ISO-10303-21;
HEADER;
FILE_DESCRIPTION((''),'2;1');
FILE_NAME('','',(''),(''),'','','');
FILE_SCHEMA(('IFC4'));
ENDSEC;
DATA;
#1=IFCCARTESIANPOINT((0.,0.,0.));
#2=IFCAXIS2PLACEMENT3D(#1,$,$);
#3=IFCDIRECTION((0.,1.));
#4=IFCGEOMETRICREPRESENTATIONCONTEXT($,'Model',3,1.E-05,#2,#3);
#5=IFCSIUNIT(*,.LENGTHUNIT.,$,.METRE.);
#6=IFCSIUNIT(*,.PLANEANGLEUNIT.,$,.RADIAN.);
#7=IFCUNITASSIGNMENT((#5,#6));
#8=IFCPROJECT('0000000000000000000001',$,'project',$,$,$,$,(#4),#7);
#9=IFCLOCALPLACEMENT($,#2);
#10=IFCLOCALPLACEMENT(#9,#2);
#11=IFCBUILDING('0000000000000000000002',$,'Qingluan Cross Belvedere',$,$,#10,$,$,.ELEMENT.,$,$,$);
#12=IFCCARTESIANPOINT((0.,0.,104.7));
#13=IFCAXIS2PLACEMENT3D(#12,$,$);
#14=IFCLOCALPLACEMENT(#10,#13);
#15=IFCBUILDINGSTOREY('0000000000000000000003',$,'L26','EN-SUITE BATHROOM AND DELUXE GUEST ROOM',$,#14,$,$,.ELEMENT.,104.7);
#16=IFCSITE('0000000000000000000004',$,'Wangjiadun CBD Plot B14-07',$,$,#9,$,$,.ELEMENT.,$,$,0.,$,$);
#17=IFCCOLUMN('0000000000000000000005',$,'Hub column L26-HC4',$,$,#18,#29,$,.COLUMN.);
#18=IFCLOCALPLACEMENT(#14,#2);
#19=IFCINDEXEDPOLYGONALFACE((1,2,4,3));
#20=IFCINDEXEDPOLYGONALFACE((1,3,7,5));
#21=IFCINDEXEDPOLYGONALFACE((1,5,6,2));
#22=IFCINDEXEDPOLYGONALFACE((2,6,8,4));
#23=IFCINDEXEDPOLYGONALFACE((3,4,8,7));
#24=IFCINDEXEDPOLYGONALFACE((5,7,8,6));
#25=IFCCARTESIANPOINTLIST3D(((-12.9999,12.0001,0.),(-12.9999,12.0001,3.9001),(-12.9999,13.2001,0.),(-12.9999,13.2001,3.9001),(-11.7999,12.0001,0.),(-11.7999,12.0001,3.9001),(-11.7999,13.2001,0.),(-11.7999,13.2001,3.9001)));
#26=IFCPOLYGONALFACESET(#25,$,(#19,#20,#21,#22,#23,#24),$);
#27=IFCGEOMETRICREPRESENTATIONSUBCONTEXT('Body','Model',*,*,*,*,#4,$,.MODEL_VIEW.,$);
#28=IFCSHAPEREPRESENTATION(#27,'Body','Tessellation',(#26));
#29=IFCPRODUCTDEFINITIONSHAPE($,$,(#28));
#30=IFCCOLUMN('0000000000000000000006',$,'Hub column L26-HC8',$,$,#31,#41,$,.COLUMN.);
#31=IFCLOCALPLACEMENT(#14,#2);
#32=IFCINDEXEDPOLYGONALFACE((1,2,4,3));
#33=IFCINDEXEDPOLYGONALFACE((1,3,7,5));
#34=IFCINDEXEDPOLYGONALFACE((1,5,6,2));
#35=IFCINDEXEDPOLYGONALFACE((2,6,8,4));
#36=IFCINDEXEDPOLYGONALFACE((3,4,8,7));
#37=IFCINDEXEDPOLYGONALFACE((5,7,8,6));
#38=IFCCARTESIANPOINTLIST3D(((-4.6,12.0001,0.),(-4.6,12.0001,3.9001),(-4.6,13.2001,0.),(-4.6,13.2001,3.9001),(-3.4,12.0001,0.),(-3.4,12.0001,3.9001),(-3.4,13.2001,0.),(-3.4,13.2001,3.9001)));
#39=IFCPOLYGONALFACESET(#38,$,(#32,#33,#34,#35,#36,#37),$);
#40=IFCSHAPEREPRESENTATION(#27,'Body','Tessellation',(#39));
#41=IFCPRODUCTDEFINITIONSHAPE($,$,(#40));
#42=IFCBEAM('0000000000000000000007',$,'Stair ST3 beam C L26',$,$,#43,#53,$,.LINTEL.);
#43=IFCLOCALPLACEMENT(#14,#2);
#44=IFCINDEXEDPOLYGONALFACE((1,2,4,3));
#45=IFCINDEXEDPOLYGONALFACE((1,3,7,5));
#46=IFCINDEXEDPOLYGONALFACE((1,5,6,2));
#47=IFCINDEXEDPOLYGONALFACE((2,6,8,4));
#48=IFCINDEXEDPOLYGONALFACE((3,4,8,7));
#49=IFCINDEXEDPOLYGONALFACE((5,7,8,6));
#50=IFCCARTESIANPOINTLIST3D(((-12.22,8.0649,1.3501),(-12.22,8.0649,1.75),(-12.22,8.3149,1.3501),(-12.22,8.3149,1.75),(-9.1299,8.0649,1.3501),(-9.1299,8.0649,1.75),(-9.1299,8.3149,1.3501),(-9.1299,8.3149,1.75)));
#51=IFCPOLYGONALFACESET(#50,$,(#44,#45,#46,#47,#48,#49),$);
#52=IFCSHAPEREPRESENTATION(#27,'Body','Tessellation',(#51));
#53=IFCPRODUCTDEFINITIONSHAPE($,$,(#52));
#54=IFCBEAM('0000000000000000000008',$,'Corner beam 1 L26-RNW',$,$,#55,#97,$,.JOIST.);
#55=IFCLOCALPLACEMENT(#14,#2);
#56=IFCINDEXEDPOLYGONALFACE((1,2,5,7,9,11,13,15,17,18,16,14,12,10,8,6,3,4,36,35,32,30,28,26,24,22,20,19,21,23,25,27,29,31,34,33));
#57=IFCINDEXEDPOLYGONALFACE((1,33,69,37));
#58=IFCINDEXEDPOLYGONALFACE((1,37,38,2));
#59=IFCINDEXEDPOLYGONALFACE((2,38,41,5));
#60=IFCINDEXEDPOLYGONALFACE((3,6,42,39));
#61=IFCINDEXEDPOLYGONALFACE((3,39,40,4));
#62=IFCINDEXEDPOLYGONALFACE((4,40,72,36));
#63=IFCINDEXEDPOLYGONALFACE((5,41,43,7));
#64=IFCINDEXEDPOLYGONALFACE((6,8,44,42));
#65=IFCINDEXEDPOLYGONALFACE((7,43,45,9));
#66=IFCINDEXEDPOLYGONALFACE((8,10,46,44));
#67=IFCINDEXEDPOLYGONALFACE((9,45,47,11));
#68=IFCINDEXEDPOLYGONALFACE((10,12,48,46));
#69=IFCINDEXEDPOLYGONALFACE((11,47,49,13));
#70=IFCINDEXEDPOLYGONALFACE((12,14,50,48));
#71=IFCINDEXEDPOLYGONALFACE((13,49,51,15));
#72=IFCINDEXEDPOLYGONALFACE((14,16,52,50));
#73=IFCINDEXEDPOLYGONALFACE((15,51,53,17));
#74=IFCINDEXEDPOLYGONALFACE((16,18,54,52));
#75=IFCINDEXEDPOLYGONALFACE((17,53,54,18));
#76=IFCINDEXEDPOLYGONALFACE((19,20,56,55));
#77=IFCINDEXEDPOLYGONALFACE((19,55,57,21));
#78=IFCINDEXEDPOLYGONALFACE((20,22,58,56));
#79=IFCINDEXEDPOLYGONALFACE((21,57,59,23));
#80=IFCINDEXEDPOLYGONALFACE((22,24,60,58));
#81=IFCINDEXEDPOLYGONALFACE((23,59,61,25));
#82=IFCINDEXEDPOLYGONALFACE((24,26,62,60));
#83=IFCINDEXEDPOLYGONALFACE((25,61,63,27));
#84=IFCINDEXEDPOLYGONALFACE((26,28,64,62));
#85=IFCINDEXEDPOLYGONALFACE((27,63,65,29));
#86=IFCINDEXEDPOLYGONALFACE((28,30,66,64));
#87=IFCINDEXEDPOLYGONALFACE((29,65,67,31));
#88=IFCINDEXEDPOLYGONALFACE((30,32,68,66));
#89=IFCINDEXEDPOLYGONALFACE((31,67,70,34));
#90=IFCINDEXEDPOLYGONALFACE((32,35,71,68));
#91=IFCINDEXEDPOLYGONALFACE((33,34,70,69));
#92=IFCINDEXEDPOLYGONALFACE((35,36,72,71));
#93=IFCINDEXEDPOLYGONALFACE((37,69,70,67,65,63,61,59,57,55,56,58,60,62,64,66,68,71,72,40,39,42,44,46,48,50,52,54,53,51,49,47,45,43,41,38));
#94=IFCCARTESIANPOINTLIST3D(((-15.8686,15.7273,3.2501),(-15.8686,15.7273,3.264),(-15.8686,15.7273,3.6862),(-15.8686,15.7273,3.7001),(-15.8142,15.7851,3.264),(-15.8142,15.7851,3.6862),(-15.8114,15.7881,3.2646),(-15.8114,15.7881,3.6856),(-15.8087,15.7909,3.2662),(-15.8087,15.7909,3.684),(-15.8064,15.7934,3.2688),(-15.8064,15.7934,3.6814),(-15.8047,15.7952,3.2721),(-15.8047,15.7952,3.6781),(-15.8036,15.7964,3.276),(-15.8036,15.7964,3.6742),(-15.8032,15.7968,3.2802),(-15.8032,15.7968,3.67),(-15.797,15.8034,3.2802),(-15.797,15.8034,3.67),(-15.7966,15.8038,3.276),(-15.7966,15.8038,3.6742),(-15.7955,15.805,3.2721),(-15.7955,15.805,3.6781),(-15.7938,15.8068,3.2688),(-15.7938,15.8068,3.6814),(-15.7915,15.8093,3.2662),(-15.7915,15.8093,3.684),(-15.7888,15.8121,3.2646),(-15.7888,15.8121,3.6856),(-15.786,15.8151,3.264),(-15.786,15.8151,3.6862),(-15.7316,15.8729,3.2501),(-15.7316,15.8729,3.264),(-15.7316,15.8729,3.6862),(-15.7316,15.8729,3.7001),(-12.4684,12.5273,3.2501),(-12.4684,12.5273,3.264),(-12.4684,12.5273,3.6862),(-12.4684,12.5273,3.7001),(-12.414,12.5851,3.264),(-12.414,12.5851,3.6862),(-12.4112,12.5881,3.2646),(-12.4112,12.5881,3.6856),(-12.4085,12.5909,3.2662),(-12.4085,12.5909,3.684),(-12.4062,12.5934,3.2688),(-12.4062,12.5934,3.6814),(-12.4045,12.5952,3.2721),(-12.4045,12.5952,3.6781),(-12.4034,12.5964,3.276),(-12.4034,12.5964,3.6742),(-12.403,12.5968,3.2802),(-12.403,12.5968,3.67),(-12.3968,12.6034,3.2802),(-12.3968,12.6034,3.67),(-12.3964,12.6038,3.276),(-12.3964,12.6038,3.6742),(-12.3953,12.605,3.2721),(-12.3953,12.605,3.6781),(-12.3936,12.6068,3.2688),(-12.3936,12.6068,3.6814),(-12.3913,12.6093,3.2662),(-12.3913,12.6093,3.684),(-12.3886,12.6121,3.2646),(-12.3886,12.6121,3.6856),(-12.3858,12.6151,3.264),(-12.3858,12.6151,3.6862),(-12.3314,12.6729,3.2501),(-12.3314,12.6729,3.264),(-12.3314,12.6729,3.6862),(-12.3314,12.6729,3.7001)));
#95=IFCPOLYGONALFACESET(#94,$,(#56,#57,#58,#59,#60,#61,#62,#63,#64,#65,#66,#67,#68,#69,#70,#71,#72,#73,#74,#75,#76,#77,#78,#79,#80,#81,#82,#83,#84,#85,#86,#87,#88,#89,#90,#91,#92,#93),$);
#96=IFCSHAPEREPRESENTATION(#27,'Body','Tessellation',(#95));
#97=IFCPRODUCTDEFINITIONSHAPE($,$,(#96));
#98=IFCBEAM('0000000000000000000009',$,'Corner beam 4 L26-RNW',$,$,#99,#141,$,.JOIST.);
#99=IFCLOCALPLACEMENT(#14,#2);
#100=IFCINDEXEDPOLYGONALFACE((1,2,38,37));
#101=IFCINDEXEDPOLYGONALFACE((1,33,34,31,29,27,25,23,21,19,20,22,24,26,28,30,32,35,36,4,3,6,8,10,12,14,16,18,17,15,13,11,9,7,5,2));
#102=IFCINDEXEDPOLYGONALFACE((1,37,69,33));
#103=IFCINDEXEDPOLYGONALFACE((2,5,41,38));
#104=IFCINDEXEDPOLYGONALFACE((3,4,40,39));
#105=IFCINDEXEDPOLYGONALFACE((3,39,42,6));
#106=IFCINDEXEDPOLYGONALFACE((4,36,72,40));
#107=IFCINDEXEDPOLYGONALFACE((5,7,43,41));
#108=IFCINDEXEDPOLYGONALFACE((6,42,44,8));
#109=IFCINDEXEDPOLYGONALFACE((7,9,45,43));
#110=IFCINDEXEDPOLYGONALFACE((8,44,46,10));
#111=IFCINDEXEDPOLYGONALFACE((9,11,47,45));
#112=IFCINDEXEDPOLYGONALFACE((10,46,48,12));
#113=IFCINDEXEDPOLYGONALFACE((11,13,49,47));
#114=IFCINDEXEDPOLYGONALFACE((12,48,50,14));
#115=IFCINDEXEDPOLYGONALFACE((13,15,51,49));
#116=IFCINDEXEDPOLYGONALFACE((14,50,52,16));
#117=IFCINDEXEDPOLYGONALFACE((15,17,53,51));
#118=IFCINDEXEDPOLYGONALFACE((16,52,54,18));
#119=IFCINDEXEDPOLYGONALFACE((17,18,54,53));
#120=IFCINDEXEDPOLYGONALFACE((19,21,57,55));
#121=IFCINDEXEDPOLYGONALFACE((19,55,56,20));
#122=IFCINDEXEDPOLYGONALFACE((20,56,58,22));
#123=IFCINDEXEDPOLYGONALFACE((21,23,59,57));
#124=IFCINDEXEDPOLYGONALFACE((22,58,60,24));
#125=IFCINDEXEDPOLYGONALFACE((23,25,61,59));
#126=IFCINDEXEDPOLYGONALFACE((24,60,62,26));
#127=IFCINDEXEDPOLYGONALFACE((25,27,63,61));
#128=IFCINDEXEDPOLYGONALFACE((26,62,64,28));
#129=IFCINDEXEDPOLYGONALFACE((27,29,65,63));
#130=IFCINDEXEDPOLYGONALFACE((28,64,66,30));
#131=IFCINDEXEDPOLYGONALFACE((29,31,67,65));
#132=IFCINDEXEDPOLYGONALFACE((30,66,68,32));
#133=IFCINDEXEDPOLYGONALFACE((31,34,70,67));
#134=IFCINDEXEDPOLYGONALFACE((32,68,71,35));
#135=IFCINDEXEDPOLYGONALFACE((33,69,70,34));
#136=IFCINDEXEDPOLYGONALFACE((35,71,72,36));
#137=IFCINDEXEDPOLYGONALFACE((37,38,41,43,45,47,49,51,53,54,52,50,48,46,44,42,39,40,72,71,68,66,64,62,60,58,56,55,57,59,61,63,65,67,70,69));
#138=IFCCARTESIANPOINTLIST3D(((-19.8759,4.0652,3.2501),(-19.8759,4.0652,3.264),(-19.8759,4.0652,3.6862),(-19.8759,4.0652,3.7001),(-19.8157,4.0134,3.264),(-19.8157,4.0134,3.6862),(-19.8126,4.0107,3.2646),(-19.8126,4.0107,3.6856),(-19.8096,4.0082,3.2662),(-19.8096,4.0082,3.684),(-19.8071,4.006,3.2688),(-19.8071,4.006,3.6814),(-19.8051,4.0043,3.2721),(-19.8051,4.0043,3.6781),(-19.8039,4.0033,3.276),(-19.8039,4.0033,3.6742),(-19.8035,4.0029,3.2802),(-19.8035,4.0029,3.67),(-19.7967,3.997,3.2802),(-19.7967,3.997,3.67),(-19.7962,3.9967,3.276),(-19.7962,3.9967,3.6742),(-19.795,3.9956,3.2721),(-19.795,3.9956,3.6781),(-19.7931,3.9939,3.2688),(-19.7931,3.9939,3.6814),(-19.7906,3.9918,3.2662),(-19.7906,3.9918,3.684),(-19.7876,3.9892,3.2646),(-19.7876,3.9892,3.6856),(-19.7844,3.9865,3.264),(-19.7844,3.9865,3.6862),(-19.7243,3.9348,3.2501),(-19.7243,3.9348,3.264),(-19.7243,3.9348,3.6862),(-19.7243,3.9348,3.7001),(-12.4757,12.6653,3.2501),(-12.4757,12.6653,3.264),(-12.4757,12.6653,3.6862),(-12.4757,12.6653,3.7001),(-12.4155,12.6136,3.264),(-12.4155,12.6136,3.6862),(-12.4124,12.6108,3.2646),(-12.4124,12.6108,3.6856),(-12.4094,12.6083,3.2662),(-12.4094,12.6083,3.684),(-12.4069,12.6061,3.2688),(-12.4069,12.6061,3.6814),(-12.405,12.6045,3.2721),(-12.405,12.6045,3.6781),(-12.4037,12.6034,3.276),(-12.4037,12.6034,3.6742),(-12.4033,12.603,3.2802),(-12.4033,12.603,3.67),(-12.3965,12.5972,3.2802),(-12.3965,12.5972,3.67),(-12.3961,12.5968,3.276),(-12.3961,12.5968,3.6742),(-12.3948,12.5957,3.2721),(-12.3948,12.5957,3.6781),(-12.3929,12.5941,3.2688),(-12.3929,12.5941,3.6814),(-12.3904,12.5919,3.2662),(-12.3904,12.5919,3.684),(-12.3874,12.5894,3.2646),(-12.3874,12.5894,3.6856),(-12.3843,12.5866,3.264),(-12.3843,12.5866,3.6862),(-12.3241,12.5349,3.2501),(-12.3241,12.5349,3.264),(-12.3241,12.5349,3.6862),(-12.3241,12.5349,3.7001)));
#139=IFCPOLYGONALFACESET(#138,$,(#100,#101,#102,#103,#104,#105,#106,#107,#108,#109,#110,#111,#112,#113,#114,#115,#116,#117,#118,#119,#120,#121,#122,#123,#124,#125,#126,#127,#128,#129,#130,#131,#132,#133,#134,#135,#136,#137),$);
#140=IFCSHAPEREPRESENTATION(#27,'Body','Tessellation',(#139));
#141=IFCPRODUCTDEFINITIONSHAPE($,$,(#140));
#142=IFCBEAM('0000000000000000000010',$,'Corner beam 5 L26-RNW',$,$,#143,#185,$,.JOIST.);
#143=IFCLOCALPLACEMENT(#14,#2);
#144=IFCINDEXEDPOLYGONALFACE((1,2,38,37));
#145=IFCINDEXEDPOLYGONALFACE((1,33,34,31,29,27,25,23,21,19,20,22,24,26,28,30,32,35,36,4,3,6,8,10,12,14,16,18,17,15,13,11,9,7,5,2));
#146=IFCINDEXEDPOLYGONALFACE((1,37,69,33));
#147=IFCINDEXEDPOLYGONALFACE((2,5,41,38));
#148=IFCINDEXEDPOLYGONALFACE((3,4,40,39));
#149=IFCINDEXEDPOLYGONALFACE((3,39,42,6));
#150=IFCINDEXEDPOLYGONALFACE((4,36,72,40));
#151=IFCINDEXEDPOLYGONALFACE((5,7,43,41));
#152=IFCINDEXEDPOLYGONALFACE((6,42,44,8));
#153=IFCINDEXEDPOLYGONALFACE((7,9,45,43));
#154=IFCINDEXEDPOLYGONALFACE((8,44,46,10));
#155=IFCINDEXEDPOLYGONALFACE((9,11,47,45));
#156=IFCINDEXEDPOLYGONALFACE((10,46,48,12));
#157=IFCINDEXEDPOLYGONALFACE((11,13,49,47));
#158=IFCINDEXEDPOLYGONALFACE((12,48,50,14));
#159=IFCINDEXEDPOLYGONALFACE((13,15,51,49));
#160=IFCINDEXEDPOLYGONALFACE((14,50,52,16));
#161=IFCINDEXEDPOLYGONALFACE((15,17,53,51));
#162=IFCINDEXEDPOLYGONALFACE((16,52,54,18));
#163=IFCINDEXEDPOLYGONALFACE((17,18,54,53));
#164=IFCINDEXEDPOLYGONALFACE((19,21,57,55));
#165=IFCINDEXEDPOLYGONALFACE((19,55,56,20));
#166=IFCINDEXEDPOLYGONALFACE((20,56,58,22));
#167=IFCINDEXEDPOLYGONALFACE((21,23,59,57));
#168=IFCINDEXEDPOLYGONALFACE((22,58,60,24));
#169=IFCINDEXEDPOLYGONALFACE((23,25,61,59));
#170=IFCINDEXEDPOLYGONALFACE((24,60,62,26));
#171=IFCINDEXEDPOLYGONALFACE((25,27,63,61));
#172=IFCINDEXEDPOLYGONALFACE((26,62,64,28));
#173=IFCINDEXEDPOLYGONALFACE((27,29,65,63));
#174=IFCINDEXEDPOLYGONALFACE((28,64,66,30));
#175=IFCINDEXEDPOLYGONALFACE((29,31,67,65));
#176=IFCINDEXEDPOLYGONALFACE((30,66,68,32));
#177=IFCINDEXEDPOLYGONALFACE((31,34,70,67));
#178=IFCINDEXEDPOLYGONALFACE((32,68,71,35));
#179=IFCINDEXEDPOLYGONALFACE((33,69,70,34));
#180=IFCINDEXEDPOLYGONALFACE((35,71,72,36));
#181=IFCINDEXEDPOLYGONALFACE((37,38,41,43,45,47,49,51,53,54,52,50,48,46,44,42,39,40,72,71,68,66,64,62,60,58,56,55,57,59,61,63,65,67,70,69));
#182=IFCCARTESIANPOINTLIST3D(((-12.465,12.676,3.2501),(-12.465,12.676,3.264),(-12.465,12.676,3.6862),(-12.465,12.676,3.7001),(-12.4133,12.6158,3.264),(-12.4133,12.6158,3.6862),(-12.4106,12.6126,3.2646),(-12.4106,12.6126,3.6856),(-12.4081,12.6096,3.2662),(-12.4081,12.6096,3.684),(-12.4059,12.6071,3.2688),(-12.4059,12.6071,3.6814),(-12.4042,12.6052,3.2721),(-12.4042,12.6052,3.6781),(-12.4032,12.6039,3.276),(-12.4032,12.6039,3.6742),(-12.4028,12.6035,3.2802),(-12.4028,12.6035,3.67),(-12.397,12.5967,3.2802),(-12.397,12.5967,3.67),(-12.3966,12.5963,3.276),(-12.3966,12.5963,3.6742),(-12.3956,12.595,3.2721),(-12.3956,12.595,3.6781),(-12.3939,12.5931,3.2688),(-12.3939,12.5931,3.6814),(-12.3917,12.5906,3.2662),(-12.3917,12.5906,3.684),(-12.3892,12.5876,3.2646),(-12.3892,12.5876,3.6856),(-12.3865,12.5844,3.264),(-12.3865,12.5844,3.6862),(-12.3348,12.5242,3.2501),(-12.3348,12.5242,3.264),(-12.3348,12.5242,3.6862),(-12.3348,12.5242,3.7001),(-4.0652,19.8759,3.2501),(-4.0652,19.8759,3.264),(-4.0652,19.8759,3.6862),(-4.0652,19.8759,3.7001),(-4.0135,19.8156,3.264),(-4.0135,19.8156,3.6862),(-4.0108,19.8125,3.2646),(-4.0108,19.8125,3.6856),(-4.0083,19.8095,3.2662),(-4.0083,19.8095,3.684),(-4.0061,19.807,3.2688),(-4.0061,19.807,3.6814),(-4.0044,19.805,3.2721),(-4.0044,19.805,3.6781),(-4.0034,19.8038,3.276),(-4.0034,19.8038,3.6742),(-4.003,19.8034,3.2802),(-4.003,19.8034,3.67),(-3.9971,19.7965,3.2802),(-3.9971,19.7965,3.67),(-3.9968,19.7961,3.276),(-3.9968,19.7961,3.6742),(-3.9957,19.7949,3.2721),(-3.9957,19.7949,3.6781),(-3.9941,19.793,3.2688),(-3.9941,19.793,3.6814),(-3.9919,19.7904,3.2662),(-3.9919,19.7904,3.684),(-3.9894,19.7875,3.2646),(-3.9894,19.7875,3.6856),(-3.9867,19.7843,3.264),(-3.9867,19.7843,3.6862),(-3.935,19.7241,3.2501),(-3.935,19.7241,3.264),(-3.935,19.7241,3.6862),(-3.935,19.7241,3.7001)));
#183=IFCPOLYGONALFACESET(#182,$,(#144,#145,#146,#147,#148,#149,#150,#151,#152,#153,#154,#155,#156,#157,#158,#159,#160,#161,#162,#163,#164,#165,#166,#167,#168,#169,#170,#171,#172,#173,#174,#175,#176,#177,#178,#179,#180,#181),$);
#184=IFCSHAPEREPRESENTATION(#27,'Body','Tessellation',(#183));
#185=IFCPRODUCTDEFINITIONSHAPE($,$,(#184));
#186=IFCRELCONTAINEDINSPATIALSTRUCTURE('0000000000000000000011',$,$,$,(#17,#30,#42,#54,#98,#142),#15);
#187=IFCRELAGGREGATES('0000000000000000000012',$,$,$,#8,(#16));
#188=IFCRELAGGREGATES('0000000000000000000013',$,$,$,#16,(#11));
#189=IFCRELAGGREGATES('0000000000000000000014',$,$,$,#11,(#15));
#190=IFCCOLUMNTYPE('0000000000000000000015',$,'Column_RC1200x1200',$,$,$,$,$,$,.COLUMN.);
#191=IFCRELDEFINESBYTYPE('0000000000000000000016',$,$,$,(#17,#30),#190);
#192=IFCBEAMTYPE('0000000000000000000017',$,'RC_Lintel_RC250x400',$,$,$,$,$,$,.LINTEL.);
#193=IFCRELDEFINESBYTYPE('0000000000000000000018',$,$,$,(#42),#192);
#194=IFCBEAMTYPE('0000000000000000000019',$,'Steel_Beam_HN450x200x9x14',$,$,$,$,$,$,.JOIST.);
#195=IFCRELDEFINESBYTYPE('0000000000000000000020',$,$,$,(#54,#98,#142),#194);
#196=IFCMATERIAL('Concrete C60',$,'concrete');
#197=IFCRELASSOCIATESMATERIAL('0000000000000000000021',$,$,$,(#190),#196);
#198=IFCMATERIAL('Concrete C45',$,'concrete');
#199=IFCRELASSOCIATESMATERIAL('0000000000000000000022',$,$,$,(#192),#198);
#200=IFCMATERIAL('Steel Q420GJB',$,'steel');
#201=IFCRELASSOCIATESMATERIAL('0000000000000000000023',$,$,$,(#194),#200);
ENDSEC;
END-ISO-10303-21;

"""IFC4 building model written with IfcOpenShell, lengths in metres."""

from ifc_helpers import new_model, si_unit, direction, frame, origin, origin_2d, place, context, subcontext, project, spatial, rectangle, i_section, extrude, material, material_profile, profile_set, type_object, element, save


model = new_model("IFC4")

# Units and contexts
model_context = context("Model", 3, precision=1e-05, world=origin(), true_north=direction((0.0, 1.0)))
body_context = subcontext(model_context, "Body", "Model", "MODEL_VIEW")
ifc_project = project(units=[si_unit("LENGTHUNIT", "METRE"), si_unit("PLANEANGLEUNIT", "RADIAN")], contexts=[model_context])

# Site, building, storey
site_placement = place(None, origin())
site = spatial("IfcSite", under=ifc_project, at=site_placement, Name="Wangjiadun CBD Plot B14-07", CompositionType="ELEMENT", RefElevation=0.0)
building_placement = place(site_placement, origin())
building = spatial("IfcBuilding", under=site, at=building_placement, Name="Qingluan Cross Belvedere", CompositionType="ELEMENT")
storey_placement = place(building_placement, frame((0.0, 0.0, 104.7)))
storey = spatial("IfcBuildingStorey", under=building, at=storey_placement, Name="L26", Description="EN-SUITE BATHROOM AND DELUXE GUEST ROOM", CompositionType="ELEMENT", Elevation=104.7)

# Columns
ifc_material_1 = material(Name="Concrete C60", Category="concrete")
ifc_material_profile_1 = material_profile(ifc_material_1, rectangle(XDim=1.2, YDim=1.2, at=origin_2d()), Name="RC1200x1200")
ifc_profile_set_1 = profile_set([ifc_material_profile_1], Name="Concrete C60")
column_type = type_object("IfcColumnType", Name="Column_RC1200x1200", PredefinedType="COLUMN", material=ifc_profile_set_1)
for number, where, z_axis, x_axis, name in (
    (1, (-12.3999, 12.6001, 0.0), (0.0, 0.0, 1.0), (1.0, 0.0, 0.0), "Hub column L26-HC4"),
    (2, (-4.0, 12.6001, 0.0), (0.0, 0.0, 1.0), (1.0, 0.0, 0.0), "Hub column L26-HC8"),
):
    element("IfcColumn", number, at=place(storey_placement, frame(where, z_axis=z_axis, x_axis=x_axis)), inside=storey, type_object=column_type, Name=name, PredefinedType="COLUMN", context=body_context, shape_type="SweptSolid", body=[
        extrude(rectangle(XDim=1.2, YDim=1.2, at=origin_2d()), origin(), (0.0, 0.0, 1.0), 3.9001),
    ])

# Beams
ifc_material_2 = material(Name="Concrete C45", Category="concrete")
ifc_material_profile_2 = material_profile(ifc_material_2, rectangle(XDim=0.25, YDim=0.3999, at=origin_2d()), Name="RC250x400")
ifc_profile_set_2 = profile_set([ifc_material_profile_2], Name="Concrete C45")
beam_type_1 = type_object("IfcBeamType", Name="RC_Lintel_RC250x400", PredefinedType="LINTEL", material=ifc_profile_set_2)
beam_1_placement = place(storey_placement, frame((-12.22, 8.1899, 1.55), z_axis=(1.0, 0.0, 0.0), x_axis=(0.0, 1.0, 0.0)))
element("IfcBeam", 3, at=beam_1_placement, inside=storey, type_object=beam_type_1, Name="Stair ST3 beam C L26", PredefinedType="LINTEL", context=body_context, shape_type="SweptSolid", body=[
    extrude(rectangle(XDim=0.25, YDim=0.3999, at=origin_2d()), origin(), (0.0, 0.0, 1.0), 3.0901),
])
ifc_material_3 = material(Name="Steel Q420GJB", Category="steel")
ifc_material_profile_3 = material_profile(ifc_material_3, i_section(OverallWidth=0.2, OverallDepth=0.45, WebThickness=0.009, FlangeThickness=0.0139, FilletRadius=0.0161, at=origin_2d()), Name="HN450x200x9x14")
ifc_profile_set_3 = profile_set([ifc_material_profile_3], Name="Steel Q420GJB")
beam_type_2 = type_object("IfcBeamType", Name="Steel_Beam_HN450x200x9x14", PredefinedType="JOIST", material=ifc_profile_set_3)
beam_2_placement = place(storey_placement, frame((-12.3999, 12.6001, 3.4751), z_axis=(-0.72822, 0.685343, 0.0), x_axis=(-0.685343, -0.72822, 0.0)))
element("IfcBeam", 4, at=beam_2_placement, inside=storey, type_object=beam_type_2, Name="Corner beam 1 L26-RNW", PredefinedType="JOIST", context=body_context, shape_type="SweptSolid", body=[
    extrude(i_section(OverallWidth=0.2, OverallDepth=0.45, WebThickness=0.009, FlangeThickness=0.0139, FilletRadius=0.0161, at=origin_2d()), origin(), (0.0, 0.0, 1.0), 4.6692),
])
beam_3_placement = place(storey_placement, frame((-12.3999, 12.6001, 3.4751), z_axis=(-0.652245, -0.758008, 0.0), x_axis=(0.758008, -0.652245, 0.0)))
element("IfcBeam", 5, at=beam_3_placement, inside=storey, type_object=beam_type_2, Name="Corner beam 4 L26-RNW", PredefinedType="JOIST", context=body_context, shape_type="SweptSolid", body=[
    extrude(i_section(OverallWidth=0.2, OverallDepth=0.45, WebThickness=0.009, FlangeThickness=0.0139, FilletRadius=0.0161, at=origin_2d()), origin(), (0.0, 0.0, 1.0), 11.3457),
])
beam_4_placement = place(storey_placement, frame((-12.3999, 12.6001, 3.4751), z_axis=(0.759255, 0.650793, 0.0), x_axis=(-0.650793, 0.759255, 0.0)))
element("IfcBeam", 6, at=beam_4_placement, inside=storey, type_object=beam_type_2, Name="Corner beam 5 L26-RNW", PredefinedType="JOIST", context=body_context, shape_type="SweptSolid", body=[
    extrude(i_section(OverallWidth=0.2, OverallDepth=0.45, WebThickness=0.009, FlangeThickness=0.0139, FilletRadius=0.0161, at=origin_2d()), origin(), (0.0, 0.0, 1.0), 11.0632),
])

save(model, "model.ifc")
